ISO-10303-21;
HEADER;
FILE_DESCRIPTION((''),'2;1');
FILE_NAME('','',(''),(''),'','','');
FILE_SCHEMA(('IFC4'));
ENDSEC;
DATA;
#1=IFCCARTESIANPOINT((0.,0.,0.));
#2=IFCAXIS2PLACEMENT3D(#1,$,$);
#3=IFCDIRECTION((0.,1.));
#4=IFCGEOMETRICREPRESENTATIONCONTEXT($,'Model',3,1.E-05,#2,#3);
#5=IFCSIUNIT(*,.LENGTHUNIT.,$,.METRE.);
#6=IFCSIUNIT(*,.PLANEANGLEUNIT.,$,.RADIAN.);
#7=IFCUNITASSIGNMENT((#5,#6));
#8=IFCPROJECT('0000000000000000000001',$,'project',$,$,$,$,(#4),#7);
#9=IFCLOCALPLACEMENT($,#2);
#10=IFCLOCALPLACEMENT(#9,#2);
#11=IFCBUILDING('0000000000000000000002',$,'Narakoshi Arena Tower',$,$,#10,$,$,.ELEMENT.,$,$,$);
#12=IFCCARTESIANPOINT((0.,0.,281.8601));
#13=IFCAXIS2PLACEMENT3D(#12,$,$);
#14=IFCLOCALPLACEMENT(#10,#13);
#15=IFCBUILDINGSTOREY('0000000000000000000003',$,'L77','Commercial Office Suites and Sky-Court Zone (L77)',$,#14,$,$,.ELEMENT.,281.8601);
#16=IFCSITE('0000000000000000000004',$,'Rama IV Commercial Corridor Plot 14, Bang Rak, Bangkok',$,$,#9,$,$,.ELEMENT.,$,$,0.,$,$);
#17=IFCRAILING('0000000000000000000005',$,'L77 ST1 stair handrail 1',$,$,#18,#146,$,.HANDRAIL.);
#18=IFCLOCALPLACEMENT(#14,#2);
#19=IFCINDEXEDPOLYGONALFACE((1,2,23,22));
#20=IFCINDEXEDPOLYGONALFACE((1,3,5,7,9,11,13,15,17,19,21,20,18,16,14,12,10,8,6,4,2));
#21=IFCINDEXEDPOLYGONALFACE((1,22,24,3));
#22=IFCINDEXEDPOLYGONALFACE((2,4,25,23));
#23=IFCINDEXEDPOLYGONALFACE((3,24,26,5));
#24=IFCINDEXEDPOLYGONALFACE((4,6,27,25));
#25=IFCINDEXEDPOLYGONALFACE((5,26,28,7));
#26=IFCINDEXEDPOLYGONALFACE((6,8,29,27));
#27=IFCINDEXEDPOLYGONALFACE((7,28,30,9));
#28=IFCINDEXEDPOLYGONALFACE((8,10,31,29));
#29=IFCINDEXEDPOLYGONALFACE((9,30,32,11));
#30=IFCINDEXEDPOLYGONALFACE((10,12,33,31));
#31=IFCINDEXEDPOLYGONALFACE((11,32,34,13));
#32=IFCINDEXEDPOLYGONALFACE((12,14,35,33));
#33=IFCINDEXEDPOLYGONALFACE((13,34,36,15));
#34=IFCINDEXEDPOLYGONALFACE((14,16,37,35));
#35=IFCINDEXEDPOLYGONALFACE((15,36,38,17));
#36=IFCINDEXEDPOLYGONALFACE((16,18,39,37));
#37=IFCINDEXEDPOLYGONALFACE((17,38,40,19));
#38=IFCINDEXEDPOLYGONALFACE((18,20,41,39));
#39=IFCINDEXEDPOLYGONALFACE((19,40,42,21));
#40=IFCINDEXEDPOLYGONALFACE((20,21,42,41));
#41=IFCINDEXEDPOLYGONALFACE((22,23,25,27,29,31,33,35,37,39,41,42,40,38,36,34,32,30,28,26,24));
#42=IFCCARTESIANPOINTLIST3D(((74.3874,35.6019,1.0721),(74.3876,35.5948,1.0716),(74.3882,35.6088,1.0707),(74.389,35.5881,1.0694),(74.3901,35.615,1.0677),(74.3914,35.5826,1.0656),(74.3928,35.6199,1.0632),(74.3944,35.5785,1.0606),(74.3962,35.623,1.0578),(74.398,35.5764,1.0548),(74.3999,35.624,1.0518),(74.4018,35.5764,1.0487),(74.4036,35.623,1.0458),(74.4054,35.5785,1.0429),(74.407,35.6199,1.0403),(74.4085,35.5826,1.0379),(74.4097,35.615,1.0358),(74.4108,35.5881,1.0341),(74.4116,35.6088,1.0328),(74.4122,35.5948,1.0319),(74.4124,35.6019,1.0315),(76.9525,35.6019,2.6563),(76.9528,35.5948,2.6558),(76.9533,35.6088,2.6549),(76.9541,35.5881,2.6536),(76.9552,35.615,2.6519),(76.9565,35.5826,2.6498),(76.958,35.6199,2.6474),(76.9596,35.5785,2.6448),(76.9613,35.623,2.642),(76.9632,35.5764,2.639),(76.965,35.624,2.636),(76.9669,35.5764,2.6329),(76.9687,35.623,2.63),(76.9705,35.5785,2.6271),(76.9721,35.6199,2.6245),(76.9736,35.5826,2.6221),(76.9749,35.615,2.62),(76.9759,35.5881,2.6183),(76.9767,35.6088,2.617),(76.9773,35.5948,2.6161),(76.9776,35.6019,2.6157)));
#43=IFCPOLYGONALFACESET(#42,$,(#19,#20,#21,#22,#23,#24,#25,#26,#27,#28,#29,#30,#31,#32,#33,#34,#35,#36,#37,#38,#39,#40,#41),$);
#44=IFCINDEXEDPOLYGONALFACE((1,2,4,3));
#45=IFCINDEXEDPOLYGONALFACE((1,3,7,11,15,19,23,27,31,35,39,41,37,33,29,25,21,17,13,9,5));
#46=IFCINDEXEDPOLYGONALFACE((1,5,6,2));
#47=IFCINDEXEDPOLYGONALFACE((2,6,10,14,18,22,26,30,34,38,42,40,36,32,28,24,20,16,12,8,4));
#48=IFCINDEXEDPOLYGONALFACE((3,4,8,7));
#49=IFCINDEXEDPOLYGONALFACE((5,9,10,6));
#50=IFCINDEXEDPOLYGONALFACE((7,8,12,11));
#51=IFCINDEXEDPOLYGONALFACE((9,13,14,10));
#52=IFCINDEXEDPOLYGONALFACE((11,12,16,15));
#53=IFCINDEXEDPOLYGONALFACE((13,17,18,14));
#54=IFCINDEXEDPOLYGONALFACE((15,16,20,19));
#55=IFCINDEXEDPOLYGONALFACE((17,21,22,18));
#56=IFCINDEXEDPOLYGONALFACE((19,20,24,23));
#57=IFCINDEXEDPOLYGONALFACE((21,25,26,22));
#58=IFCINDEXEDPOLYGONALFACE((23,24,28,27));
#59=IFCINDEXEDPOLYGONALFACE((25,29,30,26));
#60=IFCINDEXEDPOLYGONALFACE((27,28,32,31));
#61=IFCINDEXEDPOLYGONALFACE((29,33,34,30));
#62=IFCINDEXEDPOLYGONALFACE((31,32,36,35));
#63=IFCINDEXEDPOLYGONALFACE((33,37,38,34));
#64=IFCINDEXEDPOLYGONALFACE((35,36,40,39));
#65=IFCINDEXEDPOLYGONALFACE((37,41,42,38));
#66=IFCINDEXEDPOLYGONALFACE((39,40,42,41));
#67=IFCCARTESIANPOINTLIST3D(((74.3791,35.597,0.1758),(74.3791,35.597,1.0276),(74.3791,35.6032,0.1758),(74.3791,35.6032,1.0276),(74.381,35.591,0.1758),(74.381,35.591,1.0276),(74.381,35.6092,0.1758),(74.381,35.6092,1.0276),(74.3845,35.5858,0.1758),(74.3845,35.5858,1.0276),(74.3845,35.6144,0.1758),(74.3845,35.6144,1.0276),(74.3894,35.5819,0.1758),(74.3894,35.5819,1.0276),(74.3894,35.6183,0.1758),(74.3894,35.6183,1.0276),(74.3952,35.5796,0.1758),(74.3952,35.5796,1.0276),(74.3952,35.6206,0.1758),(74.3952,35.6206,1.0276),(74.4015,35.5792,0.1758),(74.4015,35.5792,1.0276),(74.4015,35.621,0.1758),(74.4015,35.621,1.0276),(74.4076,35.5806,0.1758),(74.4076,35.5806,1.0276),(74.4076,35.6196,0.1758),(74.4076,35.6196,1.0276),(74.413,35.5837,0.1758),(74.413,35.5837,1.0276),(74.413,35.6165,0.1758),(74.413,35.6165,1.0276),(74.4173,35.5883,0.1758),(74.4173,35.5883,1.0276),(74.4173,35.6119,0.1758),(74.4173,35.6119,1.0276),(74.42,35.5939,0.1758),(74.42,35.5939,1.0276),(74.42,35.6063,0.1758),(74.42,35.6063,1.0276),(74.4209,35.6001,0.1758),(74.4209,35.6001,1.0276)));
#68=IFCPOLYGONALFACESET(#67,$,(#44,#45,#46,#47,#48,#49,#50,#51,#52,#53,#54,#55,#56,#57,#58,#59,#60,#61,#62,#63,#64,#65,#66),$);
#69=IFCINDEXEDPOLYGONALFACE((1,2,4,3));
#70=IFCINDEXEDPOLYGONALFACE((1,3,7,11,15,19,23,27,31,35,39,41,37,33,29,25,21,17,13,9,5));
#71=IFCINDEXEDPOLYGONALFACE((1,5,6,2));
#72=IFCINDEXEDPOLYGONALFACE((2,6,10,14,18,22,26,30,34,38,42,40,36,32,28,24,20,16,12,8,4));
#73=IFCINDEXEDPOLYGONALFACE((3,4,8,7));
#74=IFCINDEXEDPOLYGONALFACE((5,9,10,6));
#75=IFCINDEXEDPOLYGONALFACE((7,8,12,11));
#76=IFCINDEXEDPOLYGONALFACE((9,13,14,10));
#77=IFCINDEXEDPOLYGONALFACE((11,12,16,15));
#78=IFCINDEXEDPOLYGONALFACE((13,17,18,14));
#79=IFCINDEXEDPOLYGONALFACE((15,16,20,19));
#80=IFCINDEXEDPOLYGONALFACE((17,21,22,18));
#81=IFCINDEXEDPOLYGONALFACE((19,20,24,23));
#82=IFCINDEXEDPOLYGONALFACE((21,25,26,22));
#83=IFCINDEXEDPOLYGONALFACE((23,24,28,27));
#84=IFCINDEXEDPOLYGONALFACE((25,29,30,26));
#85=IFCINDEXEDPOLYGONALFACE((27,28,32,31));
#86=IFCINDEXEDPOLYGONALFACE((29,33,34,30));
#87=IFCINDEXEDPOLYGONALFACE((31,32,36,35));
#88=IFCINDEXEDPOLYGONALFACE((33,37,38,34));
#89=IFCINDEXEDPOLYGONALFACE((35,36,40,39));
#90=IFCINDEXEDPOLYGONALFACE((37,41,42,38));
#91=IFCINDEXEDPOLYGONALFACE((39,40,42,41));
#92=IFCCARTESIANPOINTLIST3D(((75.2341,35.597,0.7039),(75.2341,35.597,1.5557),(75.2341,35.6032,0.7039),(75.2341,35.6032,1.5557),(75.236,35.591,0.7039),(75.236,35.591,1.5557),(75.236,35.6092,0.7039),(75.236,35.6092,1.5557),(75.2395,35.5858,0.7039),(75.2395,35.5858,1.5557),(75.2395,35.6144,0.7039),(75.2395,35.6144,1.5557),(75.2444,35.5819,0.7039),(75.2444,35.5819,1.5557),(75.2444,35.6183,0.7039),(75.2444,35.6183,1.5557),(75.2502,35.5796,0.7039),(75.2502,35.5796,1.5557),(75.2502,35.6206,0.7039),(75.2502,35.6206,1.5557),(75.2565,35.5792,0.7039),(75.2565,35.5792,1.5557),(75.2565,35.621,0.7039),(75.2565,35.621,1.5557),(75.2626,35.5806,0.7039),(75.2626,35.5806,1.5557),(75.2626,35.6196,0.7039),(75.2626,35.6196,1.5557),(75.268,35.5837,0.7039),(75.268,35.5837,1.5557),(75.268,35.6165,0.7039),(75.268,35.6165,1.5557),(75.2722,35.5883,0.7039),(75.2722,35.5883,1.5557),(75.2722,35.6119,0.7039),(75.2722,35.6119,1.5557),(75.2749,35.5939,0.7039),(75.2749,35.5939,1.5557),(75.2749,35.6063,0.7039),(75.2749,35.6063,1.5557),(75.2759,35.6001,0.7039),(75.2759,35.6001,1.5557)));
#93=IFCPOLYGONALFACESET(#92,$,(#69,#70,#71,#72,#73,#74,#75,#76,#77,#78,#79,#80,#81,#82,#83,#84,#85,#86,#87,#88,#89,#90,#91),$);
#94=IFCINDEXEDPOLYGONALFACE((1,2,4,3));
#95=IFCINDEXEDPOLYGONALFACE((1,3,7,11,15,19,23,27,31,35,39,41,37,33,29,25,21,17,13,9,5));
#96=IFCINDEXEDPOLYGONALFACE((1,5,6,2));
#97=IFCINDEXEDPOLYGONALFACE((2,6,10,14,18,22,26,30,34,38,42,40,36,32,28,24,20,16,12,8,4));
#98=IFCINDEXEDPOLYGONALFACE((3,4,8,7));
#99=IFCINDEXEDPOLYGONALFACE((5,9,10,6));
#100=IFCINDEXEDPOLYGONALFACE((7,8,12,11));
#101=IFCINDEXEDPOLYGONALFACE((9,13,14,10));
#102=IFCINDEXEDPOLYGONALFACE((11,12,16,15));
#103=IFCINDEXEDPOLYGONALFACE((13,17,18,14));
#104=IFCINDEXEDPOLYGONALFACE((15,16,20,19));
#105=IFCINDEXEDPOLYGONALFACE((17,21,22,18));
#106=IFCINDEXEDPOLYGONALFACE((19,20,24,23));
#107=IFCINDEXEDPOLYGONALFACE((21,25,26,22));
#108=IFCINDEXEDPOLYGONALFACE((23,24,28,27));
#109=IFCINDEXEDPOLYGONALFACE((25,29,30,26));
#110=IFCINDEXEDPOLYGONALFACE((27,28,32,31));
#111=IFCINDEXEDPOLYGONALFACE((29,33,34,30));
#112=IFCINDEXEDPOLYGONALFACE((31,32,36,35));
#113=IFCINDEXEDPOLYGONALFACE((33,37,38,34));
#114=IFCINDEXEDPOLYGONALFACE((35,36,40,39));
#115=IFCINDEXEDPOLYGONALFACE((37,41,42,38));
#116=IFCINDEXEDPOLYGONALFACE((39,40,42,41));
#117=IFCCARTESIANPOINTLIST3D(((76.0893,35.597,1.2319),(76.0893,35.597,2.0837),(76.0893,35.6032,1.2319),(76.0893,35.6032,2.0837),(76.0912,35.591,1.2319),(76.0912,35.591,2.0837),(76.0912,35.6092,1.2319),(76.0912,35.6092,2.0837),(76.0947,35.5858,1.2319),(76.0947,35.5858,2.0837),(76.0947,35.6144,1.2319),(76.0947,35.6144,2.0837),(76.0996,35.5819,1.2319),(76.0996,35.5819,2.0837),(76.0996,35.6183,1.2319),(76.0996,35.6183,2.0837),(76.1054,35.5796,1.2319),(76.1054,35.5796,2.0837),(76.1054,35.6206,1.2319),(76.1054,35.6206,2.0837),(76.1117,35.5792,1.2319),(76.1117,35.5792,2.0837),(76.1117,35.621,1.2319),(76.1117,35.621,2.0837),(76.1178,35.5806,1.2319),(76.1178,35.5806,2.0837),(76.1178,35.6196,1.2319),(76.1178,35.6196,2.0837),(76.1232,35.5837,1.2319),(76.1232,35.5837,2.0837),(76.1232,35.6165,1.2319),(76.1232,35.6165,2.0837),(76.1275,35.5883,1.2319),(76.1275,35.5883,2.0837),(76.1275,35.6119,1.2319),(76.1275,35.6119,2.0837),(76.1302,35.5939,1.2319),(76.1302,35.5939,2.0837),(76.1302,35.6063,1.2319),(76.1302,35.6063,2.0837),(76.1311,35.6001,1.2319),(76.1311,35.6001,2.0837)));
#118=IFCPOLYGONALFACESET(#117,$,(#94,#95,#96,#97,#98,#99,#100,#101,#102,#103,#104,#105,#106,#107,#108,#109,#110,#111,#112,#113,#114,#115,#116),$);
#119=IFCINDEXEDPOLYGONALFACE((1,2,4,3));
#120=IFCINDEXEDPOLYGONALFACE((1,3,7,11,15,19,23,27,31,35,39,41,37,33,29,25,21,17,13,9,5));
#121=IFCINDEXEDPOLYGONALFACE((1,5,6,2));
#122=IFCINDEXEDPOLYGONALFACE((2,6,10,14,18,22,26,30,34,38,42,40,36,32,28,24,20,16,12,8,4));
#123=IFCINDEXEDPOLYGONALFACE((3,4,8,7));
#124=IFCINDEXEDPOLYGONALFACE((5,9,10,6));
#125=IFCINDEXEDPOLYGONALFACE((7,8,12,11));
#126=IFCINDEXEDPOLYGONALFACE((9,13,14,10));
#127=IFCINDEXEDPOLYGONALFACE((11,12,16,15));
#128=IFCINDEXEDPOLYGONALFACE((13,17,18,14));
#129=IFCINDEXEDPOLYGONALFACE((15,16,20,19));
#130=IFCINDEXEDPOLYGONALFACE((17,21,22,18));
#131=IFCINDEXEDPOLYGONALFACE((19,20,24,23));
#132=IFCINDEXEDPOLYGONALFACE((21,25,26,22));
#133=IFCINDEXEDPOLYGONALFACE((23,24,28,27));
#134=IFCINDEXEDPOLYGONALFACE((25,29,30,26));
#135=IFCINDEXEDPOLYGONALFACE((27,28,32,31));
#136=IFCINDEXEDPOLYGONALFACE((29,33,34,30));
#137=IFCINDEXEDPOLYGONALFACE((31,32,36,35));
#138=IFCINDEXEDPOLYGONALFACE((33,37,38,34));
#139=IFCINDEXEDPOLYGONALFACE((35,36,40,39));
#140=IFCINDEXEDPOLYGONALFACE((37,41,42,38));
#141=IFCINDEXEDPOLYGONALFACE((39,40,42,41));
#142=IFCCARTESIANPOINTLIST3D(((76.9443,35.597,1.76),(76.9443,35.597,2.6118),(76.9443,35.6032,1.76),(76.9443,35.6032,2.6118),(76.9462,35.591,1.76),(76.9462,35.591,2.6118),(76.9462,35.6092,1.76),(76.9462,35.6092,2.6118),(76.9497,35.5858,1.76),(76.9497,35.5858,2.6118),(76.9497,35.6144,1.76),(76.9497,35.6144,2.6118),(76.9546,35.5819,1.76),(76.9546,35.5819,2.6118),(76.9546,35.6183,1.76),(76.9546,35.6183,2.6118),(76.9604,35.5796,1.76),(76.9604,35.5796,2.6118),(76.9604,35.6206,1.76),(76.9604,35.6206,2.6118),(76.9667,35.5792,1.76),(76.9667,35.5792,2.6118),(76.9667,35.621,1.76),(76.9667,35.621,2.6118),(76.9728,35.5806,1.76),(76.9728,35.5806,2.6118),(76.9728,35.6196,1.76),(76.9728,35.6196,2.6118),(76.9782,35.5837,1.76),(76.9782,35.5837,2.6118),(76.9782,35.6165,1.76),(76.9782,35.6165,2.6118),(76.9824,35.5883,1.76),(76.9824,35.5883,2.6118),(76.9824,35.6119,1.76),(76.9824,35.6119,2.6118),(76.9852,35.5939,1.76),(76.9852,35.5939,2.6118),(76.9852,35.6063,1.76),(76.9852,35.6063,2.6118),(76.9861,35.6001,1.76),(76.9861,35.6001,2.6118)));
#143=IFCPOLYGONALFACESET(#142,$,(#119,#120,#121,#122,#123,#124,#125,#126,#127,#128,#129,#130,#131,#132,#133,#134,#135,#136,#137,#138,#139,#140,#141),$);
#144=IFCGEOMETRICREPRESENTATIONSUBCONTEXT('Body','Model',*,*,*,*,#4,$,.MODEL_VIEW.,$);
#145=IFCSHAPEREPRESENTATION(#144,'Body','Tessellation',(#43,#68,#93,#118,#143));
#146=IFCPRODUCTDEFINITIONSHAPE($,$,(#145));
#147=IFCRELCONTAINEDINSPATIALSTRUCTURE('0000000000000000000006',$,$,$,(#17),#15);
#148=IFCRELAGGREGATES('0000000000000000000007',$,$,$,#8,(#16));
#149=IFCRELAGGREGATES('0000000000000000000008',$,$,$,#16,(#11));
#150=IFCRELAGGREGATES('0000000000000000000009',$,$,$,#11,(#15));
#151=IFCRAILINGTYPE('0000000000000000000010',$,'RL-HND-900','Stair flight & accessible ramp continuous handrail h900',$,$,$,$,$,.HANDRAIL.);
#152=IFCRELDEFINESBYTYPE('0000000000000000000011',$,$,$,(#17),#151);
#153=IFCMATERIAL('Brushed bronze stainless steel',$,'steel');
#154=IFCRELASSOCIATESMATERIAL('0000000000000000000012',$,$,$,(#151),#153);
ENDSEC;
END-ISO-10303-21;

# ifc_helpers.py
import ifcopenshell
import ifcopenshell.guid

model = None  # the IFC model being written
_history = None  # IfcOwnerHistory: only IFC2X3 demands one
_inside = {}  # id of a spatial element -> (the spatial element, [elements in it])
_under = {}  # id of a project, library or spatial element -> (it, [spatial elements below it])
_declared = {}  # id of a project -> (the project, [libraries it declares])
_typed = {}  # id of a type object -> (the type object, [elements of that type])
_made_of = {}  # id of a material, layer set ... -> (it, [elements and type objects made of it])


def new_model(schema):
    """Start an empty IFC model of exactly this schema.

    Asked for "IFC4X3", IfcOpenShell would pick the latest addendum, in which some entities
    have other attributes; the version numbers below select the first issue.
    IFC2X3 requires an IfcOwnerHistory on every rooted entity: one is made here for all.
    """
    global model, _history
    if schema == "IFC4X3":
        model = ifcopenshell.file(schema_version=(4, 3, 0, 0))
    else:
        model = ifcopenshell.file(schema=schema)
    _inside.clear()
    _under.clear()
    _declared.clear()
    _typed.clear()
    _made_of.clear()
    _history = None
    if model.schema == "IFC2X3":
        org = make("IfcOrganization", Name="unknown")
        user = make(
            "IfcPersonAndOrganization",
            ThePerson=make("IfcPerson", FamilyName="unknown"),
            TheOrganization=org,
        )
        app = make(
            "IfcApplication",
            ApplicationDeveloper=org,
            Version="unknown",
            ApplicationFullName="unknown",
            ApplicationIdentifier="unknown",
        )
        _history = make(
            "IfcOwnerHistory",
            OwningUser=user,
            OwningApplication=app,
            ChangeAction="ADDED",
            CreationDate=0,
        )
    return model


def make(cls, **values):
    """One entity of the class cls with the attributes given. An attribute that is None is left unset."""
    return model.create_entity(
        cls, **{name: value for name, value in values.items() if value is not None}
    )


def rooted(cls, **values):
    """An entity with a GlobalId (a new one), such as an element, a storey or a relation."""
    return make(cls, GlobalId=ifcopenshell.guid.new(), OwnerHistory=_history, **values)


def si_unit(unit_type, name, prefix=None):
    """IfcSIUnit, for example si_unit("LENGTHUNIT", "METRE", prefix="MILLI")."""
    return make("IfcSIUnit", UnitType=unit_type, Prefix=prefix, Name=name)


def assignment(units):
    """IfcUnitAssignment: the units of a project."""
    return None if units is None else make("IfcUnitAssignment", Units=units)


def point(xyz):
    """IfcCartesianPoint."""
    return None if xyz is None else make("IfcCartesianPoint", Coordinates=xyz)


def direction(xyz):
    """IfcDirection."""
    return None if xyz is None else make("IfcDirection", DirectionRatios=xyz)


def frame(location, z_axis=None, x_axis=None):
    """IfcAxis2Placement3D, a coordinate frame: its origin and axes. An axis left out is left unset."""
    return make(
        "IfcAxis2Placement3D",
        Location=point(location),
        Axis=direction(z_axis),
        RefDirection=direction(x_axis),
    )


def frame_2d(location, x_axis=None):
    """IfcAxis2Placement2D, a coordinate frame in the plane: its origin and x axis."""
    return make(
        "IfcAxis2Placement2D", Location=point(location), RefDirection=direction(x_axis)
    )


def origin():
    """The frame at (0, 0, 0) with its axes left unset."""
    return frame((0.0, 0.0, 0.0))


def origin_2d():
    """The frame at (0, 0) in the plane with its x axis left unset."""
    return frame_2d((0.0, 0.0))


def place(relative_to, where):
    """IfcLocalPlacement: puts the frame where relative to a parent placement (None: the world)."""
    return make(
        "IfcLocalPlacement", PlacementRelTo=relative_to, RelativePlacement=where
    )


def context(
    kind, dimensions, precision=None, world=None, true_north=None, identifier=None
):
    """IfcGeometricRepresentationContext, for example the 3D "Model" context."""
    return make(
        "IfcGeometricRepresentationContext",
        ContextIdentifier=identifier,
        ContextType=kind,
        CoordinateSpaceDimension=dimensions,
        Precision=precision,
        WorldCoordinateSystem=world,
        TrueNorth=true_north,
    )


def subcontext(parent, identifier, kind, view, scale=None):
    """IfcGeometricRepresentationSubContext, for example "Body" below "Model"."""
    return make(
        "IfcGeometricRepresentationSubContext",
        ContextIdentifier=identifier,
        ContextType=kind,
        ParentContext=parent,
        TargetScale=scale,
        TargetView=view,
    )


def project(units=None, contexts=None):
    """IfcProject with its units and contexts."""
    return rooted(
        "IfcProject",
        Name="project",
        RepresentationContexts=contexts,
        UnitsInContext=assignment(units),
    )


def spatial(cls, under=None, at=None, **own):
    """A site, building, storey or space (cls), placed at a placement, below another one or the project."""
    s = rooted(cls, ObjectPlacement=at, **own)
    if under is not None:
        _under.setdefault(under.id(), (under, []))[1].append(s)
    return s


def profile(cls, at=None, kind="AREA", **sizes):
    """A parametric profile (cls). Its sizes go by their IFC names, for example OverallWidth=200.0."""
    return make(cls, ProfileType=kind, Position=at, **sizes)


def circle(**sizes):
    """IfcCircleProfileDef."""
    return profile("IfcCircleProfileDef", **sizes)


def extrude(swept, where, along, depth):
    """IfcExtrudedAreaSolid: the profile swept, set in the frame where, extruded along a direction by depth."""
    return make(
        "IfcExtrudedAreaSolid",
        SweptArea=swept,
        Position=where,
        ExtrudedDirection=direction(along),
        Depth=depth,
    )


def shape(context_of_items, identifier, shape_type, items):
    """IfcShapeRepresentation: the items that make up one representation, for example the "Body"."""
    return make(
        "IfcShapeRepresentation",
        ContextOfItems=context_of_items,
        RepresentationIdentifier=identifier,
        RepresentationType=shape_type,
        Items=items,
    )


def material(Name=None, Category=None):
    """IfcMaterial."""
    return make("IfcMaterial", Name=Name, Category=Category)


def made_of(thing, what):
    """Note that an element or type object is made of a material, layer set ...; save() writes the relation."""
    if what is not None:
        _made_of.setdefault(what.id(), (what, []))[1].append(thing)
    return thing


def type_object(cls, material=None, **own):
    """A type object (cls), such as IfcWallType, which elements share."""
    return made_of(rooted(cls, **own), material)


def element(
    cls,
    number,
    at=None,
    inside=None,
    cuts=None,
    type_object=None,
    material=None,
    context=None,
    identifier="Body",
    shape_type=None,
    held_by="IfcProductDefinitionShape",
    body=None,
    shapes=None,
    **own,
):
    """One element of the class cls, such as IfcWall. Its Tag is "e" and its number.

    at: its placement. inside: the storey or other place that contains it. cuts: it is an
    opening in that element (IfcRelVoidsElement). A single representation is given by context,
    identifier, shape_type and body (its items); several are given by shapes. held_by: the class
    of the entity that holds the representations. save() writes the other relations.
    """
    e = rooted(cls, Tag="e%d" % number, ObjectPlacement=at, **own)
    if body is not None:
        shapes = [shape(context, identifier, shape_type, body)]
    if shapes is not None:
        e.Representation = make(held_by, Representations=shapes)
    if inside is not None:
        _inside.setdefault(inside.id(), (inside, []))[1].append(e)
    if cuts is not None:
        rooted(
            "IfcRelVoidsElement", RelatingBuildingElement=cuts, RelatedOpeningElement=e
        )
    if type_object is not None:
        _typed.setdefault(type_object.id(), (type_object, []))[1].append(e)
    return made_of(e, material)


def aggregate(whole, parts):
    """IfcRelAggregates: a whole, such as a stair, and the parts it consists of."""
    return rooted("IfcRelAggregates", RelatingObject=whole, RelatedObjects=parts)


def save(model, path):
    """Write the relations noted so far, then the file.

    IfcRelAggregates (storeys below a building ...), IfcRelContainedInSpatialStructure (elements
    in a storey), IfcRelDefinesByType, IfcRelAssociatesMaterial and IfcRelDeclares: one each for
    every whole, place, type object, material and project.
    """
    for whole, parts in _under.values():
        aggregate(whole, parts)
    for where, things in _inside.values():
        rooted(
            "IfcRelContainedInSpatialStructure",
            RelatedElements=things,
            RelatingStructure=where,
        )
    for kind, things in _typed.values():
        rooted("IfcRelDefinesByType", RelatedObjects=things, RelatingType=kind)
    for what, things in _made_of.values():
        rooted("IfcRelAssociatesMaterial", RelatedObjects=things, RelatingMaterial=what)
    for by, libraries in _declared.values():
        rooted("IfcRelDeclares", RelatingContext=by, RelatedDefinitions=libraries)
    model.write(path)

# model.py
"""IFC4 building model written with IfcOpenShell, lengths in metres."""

from ifc_helpers import new_model, si_unit, direction, frame, origin, origin_2d, place, context, subcontext, project, spatial, circle, extrude, material, type_object, element, save


model = new_model("IFC4")

# Units and contexts
model_context = context("Model", 3, precision=1e-05, world=origin(), true_north=direction((0.0, 1.0)))
body_context = subcontext(model_context, "Body", "Model", "MODEL_VIEW")
ifc_project = project(units=[si_unit("LENGTHUNIT", "METRE"), si_unit("PLANEANGLEUNIT", "RADIAN")], contexts=[model_context])

# Site, building, storey
site_placement = place(None, origin())
site = spatial("IfcSite", under=ifc_project, at=site_placement, Name="Rama IV Commercial Corridor Plot 14, Bang Rak, Bangkok", CompositionType="ELEMENT", RefElevation=0.0)
building_placement = place(site_placement, origin())
building = spatial("IfcBuilding", under=site, at=building_placement, Name="Narakoshi Arena Tower", CompositionType="ELEMENT")
storey_placement = place(building_placement, frame((0.0, 0.0, 281.8601)))
storey = spatial("IfcBuildingStorey", under=building, at=storey_placement, Name="L77", Description="Commercial Office Suites and Sky-Court Zone (L77)", CompositionType="ELEMENT", Elevation=281.8601)

# Railing
ifc_material_1 = material(Name="Brushed bronze stainless steel", Category="steel")
railing_type_1 = type_object("IfcRailingType", Name="RL-HND-900", Description="Stair flight & accessible ramp continuous handrail h900", PredefinedType="HANDRAIL", material=ifc_material_1)
railing_1_placement = place(storey_placement, frame((74.3999, 35.6001, 0.1758)))
element("IfcRailing", 1, at=railing_1_placement, inside=storey, type_object=railing_type_1, Name="L77 ST1 stair handrail 1", PredefinedType="HANDRAIL", context=body_context, shape_type="SweptSolid", body=[
    extrude(circle(Radius=0.0239, at=origin_2d()), frame((0.0, 0.0, 0.876), z_axis=(0.85082, 0.0, 0.525457), x_axis=(0.0, 1.0, 0.0)), (0.0, 0.0, 1.0), 3.0149),
    extrude(circle(Radius=0.021, at=origin_2d()), origin(), (0.0, 0.0, 1.0), 0.8518),
    extrude(circle(Radius=0.021, at=origin_2d()), frame((0.855, 0.0, 0.5281)), (0.0, 0.0, 1.0), 0.8518),
    extrude(circle(Radius=0.021, at=origin_2d()), frame((1.7102, 0.0, 1.0562)), (0.0, 0.0, 1.0), 0.8518),
    extrude(circle(Radius=0.021, at=origin_2d()), frame((2.5652, 0.0, 1.5842)), (0.0, 0.0, 1.0), 0.8518),
])

save(model, "model.ifc")
